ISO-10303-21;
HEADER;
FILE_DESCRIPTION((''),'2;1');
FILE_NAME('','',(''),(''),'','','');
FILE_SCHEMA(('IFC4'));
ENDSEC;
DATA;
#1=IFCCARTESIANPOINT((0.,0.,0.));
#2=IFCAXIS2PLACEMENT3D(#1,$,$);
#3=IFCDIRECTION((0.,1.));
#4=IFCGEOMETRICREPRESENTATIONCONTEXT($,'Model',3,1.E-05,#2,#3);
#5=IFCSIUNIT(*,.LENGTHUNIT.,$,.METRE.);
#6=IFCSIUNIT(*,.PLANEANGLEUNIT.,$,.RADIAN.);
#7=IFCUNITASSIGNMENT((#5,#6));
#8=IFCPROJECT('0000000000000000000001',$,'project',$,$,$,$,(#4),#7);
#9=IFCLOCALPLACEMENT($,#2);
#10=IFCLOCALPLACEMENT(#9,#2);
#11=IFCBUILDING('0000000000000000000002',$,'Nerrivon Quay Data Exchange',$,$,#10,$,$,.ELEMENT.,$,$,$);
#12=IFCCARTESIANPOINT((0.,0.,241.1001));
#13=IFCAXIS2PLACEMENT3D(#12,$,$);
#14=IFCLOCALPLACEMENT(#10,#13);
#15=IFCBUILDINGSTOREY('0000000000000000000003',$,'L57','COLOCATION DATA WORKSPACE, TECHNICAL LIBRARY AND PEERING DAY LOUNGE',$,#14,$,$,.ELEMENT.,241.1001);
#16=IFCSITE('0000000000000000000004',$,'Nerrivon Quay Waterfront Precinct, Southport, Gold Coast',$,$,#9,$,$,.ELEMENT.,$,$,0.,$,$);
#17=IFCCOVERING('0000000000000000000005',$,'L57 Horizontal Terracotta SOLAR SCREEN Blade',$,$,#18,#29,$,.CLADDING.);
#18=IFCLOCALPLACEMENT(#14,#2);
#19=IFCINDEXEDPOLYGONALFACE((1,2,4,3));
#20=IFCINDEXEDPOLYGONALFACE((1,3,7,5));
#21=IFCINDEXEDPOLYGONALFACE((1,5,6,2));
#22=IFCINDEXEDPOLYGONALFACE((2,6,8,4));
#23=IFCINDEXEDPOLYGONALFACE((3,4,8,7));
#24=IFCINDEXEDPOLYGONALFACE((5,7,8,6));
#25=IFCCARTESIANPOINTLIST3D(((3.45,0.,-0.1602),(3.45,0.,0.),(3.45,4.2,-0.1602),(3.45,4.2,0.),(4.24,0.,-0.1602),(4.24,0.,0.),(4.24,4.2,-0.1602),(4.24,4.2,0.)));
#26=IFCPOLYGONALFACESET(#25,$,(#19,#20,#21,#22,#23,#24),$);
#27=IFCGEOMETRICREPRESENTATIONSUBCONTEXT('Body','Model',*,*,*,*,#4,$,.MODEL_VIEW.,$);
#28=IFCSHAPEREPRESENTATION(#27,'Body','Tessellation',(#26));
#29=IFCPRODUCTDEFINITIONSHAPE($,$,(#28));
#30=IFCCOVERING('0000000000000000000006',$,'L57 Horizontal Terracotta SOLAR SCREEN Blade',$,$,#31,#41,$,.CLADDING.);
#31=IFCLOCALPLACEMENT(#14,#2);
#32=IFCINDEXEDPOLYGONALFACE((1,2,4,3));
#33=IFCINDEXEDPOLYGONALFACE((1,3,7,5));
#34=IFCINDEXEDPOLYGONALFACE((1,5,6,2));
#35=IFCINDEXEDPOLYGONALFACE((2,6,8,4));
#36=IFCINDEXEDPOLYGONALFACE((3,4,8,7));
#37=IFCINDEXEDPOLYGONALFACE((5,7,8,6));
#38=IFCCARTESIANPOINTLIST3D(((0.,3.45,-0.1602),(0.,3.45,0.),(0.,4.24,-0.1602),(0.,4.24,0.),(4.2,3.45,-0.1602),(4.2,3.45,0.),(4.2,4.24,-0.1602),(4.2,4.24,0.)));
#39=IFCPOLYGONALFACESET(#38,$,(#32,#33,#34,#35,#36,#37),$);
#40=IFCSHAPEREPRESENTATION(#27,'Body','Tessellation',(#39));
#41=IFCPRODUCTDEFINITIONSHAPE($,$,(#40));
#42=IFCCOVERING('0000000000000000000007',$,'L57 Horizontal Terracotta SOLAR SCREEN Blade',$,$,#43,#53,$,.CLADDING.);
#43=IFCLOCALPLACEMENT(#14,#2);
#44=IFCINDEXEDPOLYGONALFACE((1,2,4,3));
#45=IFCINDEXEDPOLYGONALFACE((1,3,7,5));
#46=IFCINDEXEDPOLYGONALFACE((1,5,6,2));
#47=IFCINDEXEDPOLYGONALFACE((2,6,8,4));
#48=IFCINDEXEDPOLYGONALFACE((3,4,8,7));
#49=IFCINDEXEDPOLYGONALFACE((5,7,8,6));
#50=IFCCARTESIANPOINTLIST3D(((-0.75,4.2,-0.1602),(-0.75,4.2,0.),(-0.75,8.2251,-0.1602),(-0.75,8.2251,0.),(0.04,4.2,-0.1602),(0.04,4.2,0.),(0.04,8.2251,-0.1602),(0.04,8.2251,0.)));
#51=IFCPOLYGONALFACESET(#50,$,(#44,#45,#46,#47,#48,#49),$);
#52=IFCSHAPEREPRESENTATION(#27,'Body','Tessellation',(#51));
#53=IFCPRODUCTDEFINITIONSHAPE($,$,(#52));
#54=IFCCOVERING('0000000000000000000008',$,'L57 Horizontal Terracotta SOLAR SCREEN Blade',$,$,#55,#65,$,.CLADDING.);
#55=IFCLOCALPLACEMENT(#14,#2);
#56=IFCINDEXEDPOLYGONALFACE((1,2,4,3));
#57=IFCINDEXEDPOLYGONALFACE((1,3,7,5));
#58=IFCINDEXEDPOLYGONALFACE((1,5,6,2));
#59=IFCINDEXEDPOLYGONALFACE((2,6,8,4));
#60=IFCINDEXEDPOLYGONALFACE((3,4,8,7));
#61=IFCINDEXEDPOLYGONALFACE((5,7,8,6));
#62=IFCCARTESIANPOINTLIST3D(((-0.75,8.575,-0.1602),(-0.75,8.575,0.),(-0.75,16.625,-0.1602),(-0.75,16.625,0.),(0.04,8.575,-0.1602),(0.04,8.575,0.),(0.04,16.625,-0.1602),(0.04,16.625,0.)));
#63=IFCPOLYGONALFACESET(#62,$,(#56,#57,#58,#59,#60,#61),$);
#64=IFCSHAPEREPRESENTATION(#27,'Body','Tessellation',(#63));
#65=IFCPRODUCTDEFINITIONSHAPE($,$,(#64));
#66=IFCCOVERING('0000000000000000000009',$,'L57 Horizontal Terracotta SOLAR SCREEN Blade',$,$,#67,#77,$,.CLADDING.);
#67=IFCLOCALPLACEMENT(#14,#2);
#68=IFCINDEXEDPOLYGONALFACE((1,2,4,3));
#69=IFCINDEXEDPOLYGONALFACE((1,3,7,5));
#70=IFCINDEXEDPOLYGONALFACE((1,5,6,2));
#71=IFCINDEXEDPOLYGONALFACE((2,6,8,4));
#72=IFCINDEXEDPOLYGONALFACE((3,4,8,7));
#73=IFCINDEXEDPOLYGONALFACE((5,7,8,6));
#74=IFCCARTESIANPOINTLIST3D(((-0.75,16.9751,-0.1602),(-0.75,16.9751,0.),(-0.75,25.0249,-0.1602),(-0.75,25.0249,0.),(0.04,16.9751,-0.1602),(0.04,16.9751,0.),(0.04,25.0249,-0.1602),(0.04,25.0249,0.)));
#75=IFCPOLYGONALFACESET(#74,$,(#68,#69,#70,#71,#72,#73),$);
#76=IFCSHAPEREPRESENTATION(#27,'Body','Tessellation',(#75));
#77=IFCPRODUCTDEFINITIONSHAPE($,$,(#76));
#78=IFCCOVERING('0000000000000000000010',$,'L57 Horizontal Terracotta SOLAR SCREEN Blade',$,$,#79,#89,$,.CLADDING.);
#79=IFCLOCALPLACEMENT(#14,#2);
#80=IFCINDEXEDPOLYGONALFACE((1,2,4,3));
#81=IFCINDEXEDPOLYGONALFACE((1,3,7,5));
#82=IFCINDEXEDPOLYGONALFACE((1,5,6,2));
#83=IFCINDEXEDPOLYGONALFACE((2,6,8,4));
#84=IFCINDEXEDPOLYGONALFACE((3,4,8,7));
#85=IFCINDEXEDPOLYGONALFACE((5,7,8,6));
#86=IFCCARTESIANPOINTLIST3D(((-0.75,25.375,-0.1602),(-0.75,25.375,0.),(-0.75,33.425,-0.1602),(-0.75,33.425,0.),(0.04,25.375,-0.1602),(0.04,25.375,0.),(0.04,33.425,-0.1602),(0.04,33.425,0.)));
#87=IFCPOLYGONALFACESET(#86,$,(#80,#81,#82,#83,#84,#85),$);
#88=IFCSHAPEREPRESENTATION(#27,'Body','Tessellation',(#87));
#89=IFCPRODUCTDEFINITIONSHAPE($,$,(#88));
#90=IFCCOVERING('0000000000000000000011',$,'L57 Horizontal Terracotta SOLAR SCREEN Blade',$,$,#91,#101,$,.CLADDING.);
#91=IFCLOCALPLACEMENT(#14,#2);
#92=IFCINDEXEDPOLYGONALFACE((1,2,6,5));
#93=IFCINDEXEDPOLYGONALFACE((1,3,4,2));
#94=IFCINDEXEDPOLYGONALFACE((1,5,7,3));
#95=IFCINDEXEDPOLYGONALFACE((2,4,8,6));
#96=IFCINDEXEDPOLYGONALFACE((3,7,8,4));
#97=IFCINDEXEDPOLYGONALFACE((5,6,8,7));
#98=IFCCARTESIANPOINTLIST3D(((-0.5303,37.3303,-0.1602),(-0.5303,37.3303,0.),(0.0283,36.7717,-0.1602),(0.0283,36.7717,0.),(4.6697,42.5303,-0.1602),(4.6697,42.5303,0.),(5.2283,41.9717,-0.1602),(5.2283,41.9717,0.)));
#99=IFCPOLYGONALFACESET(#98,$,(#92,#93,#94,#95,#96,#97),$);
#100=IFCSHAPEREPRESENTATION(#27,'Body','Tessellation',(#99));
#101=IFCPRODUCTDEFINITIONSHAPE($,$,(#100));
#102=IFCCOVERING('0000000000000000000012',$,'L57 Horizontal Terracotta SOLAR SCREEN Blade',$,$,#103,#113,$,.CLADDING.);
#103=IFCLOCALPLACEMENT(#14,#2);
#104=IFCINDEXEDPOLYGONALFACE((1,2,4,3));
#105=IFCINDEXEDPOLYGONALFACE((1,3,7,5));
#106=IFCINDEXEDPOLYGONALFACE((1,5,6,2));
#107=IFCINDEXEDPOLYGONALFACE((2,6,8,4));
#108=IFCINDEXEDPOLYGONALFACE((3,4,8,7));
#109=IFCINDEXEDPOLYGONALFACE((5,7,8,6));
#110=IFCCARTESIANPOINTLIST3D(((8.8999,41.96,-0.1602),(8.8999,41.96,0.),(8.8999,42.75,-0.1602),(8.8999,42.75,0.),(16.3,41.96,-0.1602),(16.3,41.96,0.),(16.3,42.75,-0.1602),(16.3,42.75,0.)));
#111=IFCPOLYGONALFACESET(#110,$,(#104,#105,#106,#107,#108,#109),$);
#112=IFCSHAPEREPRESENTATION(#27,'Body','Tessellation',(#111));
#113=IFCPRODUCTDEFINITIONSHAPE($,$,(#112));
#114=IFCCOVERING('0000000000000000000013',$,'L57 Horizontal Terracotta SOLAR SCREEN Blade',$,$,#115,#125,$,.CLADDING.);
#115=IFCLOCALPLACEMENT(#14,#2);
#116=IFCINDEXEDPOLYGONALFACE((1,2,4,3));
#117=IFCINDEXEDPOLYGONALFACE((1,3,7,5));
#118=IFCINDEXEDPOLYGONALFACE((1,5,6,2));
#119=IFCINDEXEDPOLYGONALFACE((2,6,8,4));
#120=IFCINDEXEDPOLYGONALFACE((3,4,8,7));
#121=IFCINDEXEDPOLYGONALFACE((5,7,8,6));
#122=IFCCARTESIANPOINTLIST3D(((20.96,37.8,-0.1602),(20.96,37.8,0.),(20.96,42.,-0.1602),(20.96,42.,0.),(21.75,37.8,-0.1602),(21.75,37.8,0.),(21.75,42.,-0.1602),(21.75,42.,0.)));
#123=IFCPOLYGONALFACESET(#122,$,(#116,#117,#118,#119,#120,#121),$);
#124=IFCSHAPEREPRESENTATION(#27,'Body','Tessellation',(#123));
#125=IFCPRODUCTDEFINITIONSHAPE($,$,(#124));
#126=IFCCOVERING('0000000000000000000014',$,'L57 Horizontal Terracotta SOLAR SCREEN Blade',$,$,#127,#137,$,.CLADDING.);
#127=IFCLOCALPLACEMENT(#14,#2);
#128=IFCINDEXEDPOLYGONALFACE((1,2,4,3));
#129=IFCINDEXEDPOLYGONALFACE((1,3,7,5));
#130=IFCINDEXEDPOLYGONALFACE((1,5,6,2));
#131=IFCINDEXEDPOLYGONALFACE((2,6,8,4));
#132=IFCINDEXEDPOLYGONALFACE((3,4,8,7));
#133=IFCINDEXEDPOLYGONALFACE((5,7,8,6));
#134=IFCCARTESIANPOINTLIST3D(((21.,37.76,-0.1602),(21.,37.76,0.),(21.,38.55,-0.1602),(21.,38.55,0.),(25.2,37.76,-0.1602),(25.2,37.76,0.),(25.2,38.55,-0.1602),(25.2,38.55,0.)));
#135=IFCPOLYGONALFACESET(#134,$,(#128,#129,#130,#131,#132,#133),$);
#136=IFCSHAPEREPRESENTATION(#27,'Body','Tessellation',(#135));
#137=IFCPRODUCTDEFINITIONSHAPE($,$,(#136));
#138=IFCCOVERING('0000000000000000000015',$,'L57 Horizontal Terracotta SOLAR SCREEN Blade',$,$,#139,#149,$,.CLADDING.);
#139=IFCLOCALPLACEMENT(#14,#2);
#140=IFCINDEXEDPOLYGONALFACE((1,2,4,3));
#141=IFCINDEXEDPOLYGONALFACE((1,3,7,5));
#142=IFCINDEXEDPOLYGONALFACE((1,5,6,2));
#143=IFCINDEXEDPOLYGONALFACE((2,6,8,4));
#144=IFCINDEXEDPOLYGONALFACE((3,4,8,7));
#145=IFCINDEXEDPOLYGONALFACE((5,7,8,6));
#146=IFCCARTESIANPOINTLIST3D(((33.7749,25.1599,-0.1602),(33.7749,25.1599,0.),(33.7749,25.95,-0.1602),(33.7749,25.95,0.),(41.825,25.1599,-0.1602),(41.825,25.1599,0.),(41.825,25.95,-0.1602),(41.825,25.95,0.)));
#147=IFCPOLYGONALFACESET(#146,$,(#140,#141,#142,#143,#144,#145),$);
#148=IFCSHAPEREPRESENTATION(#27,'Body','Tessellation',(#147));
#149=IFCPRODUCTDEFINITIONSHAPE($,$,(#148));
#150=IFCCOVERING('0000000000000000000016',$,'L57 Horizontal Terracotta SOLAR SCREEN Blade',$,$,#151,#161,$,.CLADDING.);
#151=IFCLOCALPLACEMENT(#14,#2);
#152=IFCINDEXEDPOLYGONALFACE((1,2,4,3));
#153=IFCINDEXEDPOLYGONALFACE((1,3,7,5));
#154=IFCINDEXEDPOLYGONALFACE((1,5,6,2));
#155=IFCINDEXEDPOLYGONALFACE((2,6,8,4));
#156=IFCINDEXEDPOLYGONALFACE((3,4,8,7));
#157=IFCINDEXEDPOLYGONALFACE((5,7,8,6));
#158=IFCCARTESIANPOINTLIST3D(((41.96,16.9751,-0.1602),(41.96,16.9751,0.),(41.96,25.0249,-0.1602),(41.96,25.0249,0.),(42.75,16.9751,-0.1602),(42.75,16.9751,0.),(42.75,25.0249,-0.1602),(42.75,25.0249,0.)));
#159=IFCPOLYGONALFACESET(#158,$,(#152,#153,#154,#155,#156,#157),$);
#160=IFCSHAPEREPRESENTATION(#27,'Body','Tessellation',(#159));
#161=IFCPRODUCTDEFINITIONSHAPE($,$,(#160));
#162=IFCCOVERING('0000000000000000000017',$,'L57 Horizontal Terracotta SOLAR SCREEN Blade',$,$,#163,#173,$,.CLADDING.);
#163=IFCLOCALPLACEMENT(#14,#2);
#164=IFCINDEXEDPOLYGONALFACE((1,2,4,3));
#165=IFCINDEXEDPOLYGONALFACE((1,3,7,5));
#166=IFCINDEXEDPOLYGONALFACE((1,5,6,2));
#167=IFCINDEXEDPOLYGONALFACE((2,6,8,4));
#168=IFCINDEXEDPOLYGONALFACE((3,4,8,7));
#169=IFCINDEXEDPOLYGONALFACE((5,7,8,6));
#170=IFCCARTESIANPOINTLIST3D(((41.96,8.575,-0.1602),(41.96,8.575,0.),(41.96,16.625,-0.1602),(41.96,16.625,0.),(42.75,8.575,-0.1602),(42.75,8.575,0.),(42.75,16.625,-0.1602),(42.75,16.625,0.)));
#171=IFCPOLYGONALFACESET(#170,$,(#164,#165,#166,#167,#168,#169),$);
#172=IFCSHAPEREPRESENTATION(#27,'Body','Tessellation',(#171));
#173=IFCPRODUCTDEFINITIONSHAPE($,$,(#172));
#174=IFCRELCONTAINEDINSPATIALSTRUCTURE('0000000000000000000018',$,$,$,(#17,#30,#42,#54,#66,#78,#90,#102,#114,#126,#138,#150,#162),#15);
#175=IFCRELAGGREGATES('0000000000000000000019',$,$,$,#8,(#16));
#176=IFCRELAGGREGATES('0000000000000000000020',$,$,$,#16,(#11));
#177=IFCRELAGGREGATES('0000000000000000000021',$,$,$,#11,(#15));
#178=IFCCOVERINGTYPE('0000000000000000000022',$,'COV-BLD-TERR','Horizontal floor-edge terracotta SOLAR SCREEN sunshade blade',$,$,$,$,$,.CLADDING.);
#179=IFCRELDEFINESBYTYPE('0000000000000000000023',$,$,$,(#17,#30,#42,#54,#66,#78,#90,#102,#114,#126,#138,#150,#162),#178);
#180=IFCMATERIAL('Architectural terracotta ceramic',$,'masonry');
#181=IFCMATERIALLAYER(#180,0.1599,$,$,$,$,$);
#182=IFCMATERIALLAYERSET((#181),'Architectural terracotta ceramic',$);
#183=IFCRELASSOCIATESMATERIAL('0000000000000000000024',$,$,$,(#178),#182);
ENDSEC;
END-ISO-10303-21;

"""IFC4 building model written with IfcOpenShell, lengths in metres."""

from ifc_helpers import new_model, si_unit, direction, frame, origin, place, context, subcontext, project, spatial, polyline, outline, extrude, material, layer, layer_set, type_object, element, save


model = new_model("IFC4")

# Units and contexts
model_context = context("Model", 3, precision=1e-05, world=origin(), true_north=direction((0.0, 1.0)))
body_context = subcontext(model_context, "Body", "Model", "MODEL_VIEW")
ifc_project = project(units=[si_unit("LENGTHUNIT", "METRE"), si_unit("PLANEANGLEUNIT", "RADIAN")], contexts=[model_context])

# Site, building, storey
site_placement = place(None, origin())
site = spatial("IfcSite", under=ifc_project, at=site_placement, Name="Nerrivon Quay Waterfront Precinct, Southport, Gold Coast", CompositionType="ELEMENT", RefElevation=0.0)
building_placement = place(site_placement, origin())
building = spatial("IfcBuilding", under=site, at=building_placement, Name="Nerrivon Quay Data Exchange", CompositionType="ELEMENT")
storey_placement = place(building_placement, frame((0.0, 0.0, 241.1001)))
storey = spatial("IfcBuildingStorey", under=building, at=storey_placement, Name="L57", Description="COLOCATION DATA WORKSPACE, TECHNICAL LIBRARY AND PEERING DAY LOUNGE", CompositionType="ELEMENT", Elevation=241.1001)

# Coverings
ifc_material_1 = material(Name="Architectural terracotta ceramic", Category="masonry")
ifc_layer_1 = layer(ifc_material_1, 0.1599)
ifc_layer_set_1 = layer_set([ifc_layer_1], Name="Architectural terracotta ceramic")
covering_type = type_object("IfcCoveringType", Name="COV-BLD-TERR", Description="Horizontal floor-edge terracotta SOLAR SCREEN sunshade blade", PredefinedType="CLADDING", material=ifc_layer_set_1)
covering_1_placement = place(storey_placement, frame((0.0, 0.0, -0.1602)))
element("IfcCovering", 1, at=covering_1_placement, inside=storey, type_object=covering_type, Name="L57 Horizontal Terracotta SOLAR SCREEN Blade", PredefinedType="CLADDING", context=body_context, shape_type="SweptSolid", body=[
    extrude(outline(polyline([(4.24, 0.0), (4.24, 4.2), (3.45, 4.2), (3.45, 0.0), (4.24, 0.0)])), origin(), (0.0, 0.0, 1.0), 0.1602),
])
covering_2_placement = place(storey_placement, frame((0.0, 0.0, -0.1602)))
element("IfcCovering", 2, at=covering_2_placement, inside=storey, type_object=covering_type, Name="L57 Horizontal Terracotta SOLAR SCREEN Blade", PredefinedType="CLADDING", context=body_context, shape_type="SweptSolid", body=[
    extrude(outline(polyline([(4.2, 4.24), (0.0, 4.24), (0.0, 3.45), (4.2, 3.45), (4.2, 4.24)])), origin(), (0.0, 0.0, 1.0), 0.1602),
])
covering_3_placement = place(storey_placement, frame((0.0, 0.0, -0.1602)))
element("IfcCovering", 3, at=covering_3_placement, inside=storey, type_object=covering_type, Name="L57 Horizontal Terracotta SOLAR SCREEN Blade", PredefinedType="CLADDING", context=body_context, shape_type="SweptSolid", body=[
    extrude(outline(polyline([(0.04, 4.2), (0.04, 8.2251), (-0.75, 8.2251), (-0.75, 4.2), (0.04, 4.2)])), origin(), (0.0, 0.0, 1.0), 0.1602),
])
covering_4_placement = place(storey_placement, frame((0.0, 0.0, -0.1602)))
element("IfcCovering", 4, at=covering_4_placement, inside=storey, type_object=covering_type, Name="L57 Horizontal Terracotta SOLAR SCREEN Blade", PredefinedType="CLADDING", context=body_context, shape_type="SweptSolid", body=[
    extrude(outline(polyline([(0.04, 8.575), (0.04, 16.625), (-0.75, 16.625), (-0.75, 8.575), (0.04, 8.575)])), origin(), (0.0, 0.0, 1.0), 0.1602),
])
covering_5_placement = place(storey_placement, frame((0.0, 0.0, -0.1602)))
element("IfcCovering", 5, at=covering_5_placement, inside=storey, type_object=covering_type, Name="L57 Horizontal Terracotta SOLAR SCREEN Blade", PredefinedType="CLADDING", context=body_context, shape_type="SweptSolid", body=[
    extrude(outline(polyline([(0.04, 16.9751), (0.04, 25.0249), (-0.75, 25.0249), (-0.75, 16.9751), (0.04, 16.9751)])), origin(), (0.0, 0.0, 1.0), 0.1602),
])
covering_6_placement = place(storey_placement, frame((0.0, 0.0, -0.1602)))
element("IfcCovering", 6, at=covering_6_placement, inside=storey, type_object=covering_type, Name="L57 Horizontal Terracotta SOLAR SCREEN Blade", PredefinedType="CLADDING", context=body_context, shape_type="SweptSolid", body=[
    extrude(outline(polyline([(0.04, 25.375), (0.04, 33.425), (-0.75, 33.425), (-0.75, 25.375), (0.04, 25.375)])), origin(), (0.0, 0.0, 1.0), 0.1602),
])
covering_7_placement = place(storey_placement, frame((0.0, 0.0, -0.1602)))
element("IfcCovering", 7, at=covering_7_placement, inside=storey, type_object=covering_type, Name="L57 Horizontal Terracotta SOLAR SCREEN Blade", PredefinedType="CLADDING", context=body_context, shape_type="SweptSolid", body=[
    extrude(outline(polyline([(0.0283, 36.7717), (5.2283, 41.9717), (4.6697, 42.5303), (-0.5303, 37.3303), (0.0283, 36.7717)])), origin(), (0.0, 0.0, 1.0), 0.1602),
])
covering_8_placement = place(storey_placement, frame((0.0, 0.0, -0.1602)))
element("IfcCovering", 8, at=covering_8_placement, inside=storey, type_object=covering_type, Name="L57 Horizontal Terracotta SOLAR SCREEN Blade", PredefinedType="CLADDING", context=body_context, shape_type="SweptSolid", body=[
    extrude(outline(polyline([(8.8999, 41.96), (16.3, 41.96), (16.3, 42.75), (8.8999, 42.75), (8.8999, 41.96)])), origin(), (0.0, 0.0, 1.0), 0.1602),
])
covering_9_placement = place(storey_placement, frame((0.0, 0.0, -0.1602)))
element("IfcCovering", 9, at=covering_9_placement, inside=storey, type_object=covering_type, Name="L57 Horizontal Terracotta SOLAR SCREEN Blade", PredefinedType="CLADDING", context=body_context, shape_type="SweptSolid", body=[
    extrude(outline(polyline([(20.96, 42.0), (20.96, 37.8), (21.75, 37.8), (21.75, 42.0), (20.96, 42.0)])), origin(), (0.0, 0.0, 1.0), 0.1602),
])
covering_10_placement = place(storey_placement, frame((0.0, 0.0, -0.1602)))
element("IfcCovering", 10, at=covering_10_placement, inside=storey, type_object=covering_type, Name="L57 Horizontal Terracotta SOLAR SCREEN Blade", PredefinedType="CLADDING", context=body_context, shape_type="SweptSolid", body=[
    extrude(outline(polyline([(21.0, 37.76), (25.2, 37.76), (25.2, 38.55), (21.0, 38.55), (21.0, 37.76)])), origin(), (0.0, 0.0, 1.0), 0.1602),
])
covering_11_placement = place(storey_placement, frame((0.0, 0.0, -0.1602)))
element("IfcCovering", 11, at=covering_11_placement, inside=storey, type_object=covering_type, Name="L57 Horizontal Terracotta SOLAR SCREEN Blade", PredefinedType="CLADDING", context=body_context, shape_type="SweptSolid", body=[
    extrude(outline(polyline([(33.7749, 25.1599), (41.825, 25.1599), (41.825, 25.95), (33.7749, 25.95), (33.7749, 25.1599)])), origin(), (0.0, 0.0, 1.0), 0.1602),
])
covering_12_placement = place(storey_placement, frame((0.0, 0.0, -0.1602)))
element("IfcCovering", 12, at=covering_12_placement, inside=storey, type_object=covering_type, Name="L57 Horizontal Terracotta SOLAR SCREEN Blade", PredefinedType="CLADDING", context=body_context, shape_type="SweptSolid", body=[
    extrude(outline(polyline([(41.96, 25.0249), (41.96, 16.9751), (42.75, 16.9751), (42.75, 25.0249), (41.96, 25.0249)])), origin(), (0.0, 0.0, 1.0), 0.1602),
])
covering_13_placement = place(storey_placement, frame((0.0, 0.0, -0.1602)))
element("IfcCovering", 13, at=covering_13_placement, inside=storey, type_object=covering_type, Name="L57 Horizontal Terracotta SOLAR SCREEN Blade", PredefinedType="CLADDING", context=body_context, shape_type="SweptSolid", body=[
    extrude(outline(polyline([(41.96, 16.625), (41.96, 8.575), (42.75, 8.575), (42.75, 16.625), (41.96, 16.625)])), origin(), (0.0, 0.0, 1.0), 0.1602),
])

save(model, "model.ifc")
